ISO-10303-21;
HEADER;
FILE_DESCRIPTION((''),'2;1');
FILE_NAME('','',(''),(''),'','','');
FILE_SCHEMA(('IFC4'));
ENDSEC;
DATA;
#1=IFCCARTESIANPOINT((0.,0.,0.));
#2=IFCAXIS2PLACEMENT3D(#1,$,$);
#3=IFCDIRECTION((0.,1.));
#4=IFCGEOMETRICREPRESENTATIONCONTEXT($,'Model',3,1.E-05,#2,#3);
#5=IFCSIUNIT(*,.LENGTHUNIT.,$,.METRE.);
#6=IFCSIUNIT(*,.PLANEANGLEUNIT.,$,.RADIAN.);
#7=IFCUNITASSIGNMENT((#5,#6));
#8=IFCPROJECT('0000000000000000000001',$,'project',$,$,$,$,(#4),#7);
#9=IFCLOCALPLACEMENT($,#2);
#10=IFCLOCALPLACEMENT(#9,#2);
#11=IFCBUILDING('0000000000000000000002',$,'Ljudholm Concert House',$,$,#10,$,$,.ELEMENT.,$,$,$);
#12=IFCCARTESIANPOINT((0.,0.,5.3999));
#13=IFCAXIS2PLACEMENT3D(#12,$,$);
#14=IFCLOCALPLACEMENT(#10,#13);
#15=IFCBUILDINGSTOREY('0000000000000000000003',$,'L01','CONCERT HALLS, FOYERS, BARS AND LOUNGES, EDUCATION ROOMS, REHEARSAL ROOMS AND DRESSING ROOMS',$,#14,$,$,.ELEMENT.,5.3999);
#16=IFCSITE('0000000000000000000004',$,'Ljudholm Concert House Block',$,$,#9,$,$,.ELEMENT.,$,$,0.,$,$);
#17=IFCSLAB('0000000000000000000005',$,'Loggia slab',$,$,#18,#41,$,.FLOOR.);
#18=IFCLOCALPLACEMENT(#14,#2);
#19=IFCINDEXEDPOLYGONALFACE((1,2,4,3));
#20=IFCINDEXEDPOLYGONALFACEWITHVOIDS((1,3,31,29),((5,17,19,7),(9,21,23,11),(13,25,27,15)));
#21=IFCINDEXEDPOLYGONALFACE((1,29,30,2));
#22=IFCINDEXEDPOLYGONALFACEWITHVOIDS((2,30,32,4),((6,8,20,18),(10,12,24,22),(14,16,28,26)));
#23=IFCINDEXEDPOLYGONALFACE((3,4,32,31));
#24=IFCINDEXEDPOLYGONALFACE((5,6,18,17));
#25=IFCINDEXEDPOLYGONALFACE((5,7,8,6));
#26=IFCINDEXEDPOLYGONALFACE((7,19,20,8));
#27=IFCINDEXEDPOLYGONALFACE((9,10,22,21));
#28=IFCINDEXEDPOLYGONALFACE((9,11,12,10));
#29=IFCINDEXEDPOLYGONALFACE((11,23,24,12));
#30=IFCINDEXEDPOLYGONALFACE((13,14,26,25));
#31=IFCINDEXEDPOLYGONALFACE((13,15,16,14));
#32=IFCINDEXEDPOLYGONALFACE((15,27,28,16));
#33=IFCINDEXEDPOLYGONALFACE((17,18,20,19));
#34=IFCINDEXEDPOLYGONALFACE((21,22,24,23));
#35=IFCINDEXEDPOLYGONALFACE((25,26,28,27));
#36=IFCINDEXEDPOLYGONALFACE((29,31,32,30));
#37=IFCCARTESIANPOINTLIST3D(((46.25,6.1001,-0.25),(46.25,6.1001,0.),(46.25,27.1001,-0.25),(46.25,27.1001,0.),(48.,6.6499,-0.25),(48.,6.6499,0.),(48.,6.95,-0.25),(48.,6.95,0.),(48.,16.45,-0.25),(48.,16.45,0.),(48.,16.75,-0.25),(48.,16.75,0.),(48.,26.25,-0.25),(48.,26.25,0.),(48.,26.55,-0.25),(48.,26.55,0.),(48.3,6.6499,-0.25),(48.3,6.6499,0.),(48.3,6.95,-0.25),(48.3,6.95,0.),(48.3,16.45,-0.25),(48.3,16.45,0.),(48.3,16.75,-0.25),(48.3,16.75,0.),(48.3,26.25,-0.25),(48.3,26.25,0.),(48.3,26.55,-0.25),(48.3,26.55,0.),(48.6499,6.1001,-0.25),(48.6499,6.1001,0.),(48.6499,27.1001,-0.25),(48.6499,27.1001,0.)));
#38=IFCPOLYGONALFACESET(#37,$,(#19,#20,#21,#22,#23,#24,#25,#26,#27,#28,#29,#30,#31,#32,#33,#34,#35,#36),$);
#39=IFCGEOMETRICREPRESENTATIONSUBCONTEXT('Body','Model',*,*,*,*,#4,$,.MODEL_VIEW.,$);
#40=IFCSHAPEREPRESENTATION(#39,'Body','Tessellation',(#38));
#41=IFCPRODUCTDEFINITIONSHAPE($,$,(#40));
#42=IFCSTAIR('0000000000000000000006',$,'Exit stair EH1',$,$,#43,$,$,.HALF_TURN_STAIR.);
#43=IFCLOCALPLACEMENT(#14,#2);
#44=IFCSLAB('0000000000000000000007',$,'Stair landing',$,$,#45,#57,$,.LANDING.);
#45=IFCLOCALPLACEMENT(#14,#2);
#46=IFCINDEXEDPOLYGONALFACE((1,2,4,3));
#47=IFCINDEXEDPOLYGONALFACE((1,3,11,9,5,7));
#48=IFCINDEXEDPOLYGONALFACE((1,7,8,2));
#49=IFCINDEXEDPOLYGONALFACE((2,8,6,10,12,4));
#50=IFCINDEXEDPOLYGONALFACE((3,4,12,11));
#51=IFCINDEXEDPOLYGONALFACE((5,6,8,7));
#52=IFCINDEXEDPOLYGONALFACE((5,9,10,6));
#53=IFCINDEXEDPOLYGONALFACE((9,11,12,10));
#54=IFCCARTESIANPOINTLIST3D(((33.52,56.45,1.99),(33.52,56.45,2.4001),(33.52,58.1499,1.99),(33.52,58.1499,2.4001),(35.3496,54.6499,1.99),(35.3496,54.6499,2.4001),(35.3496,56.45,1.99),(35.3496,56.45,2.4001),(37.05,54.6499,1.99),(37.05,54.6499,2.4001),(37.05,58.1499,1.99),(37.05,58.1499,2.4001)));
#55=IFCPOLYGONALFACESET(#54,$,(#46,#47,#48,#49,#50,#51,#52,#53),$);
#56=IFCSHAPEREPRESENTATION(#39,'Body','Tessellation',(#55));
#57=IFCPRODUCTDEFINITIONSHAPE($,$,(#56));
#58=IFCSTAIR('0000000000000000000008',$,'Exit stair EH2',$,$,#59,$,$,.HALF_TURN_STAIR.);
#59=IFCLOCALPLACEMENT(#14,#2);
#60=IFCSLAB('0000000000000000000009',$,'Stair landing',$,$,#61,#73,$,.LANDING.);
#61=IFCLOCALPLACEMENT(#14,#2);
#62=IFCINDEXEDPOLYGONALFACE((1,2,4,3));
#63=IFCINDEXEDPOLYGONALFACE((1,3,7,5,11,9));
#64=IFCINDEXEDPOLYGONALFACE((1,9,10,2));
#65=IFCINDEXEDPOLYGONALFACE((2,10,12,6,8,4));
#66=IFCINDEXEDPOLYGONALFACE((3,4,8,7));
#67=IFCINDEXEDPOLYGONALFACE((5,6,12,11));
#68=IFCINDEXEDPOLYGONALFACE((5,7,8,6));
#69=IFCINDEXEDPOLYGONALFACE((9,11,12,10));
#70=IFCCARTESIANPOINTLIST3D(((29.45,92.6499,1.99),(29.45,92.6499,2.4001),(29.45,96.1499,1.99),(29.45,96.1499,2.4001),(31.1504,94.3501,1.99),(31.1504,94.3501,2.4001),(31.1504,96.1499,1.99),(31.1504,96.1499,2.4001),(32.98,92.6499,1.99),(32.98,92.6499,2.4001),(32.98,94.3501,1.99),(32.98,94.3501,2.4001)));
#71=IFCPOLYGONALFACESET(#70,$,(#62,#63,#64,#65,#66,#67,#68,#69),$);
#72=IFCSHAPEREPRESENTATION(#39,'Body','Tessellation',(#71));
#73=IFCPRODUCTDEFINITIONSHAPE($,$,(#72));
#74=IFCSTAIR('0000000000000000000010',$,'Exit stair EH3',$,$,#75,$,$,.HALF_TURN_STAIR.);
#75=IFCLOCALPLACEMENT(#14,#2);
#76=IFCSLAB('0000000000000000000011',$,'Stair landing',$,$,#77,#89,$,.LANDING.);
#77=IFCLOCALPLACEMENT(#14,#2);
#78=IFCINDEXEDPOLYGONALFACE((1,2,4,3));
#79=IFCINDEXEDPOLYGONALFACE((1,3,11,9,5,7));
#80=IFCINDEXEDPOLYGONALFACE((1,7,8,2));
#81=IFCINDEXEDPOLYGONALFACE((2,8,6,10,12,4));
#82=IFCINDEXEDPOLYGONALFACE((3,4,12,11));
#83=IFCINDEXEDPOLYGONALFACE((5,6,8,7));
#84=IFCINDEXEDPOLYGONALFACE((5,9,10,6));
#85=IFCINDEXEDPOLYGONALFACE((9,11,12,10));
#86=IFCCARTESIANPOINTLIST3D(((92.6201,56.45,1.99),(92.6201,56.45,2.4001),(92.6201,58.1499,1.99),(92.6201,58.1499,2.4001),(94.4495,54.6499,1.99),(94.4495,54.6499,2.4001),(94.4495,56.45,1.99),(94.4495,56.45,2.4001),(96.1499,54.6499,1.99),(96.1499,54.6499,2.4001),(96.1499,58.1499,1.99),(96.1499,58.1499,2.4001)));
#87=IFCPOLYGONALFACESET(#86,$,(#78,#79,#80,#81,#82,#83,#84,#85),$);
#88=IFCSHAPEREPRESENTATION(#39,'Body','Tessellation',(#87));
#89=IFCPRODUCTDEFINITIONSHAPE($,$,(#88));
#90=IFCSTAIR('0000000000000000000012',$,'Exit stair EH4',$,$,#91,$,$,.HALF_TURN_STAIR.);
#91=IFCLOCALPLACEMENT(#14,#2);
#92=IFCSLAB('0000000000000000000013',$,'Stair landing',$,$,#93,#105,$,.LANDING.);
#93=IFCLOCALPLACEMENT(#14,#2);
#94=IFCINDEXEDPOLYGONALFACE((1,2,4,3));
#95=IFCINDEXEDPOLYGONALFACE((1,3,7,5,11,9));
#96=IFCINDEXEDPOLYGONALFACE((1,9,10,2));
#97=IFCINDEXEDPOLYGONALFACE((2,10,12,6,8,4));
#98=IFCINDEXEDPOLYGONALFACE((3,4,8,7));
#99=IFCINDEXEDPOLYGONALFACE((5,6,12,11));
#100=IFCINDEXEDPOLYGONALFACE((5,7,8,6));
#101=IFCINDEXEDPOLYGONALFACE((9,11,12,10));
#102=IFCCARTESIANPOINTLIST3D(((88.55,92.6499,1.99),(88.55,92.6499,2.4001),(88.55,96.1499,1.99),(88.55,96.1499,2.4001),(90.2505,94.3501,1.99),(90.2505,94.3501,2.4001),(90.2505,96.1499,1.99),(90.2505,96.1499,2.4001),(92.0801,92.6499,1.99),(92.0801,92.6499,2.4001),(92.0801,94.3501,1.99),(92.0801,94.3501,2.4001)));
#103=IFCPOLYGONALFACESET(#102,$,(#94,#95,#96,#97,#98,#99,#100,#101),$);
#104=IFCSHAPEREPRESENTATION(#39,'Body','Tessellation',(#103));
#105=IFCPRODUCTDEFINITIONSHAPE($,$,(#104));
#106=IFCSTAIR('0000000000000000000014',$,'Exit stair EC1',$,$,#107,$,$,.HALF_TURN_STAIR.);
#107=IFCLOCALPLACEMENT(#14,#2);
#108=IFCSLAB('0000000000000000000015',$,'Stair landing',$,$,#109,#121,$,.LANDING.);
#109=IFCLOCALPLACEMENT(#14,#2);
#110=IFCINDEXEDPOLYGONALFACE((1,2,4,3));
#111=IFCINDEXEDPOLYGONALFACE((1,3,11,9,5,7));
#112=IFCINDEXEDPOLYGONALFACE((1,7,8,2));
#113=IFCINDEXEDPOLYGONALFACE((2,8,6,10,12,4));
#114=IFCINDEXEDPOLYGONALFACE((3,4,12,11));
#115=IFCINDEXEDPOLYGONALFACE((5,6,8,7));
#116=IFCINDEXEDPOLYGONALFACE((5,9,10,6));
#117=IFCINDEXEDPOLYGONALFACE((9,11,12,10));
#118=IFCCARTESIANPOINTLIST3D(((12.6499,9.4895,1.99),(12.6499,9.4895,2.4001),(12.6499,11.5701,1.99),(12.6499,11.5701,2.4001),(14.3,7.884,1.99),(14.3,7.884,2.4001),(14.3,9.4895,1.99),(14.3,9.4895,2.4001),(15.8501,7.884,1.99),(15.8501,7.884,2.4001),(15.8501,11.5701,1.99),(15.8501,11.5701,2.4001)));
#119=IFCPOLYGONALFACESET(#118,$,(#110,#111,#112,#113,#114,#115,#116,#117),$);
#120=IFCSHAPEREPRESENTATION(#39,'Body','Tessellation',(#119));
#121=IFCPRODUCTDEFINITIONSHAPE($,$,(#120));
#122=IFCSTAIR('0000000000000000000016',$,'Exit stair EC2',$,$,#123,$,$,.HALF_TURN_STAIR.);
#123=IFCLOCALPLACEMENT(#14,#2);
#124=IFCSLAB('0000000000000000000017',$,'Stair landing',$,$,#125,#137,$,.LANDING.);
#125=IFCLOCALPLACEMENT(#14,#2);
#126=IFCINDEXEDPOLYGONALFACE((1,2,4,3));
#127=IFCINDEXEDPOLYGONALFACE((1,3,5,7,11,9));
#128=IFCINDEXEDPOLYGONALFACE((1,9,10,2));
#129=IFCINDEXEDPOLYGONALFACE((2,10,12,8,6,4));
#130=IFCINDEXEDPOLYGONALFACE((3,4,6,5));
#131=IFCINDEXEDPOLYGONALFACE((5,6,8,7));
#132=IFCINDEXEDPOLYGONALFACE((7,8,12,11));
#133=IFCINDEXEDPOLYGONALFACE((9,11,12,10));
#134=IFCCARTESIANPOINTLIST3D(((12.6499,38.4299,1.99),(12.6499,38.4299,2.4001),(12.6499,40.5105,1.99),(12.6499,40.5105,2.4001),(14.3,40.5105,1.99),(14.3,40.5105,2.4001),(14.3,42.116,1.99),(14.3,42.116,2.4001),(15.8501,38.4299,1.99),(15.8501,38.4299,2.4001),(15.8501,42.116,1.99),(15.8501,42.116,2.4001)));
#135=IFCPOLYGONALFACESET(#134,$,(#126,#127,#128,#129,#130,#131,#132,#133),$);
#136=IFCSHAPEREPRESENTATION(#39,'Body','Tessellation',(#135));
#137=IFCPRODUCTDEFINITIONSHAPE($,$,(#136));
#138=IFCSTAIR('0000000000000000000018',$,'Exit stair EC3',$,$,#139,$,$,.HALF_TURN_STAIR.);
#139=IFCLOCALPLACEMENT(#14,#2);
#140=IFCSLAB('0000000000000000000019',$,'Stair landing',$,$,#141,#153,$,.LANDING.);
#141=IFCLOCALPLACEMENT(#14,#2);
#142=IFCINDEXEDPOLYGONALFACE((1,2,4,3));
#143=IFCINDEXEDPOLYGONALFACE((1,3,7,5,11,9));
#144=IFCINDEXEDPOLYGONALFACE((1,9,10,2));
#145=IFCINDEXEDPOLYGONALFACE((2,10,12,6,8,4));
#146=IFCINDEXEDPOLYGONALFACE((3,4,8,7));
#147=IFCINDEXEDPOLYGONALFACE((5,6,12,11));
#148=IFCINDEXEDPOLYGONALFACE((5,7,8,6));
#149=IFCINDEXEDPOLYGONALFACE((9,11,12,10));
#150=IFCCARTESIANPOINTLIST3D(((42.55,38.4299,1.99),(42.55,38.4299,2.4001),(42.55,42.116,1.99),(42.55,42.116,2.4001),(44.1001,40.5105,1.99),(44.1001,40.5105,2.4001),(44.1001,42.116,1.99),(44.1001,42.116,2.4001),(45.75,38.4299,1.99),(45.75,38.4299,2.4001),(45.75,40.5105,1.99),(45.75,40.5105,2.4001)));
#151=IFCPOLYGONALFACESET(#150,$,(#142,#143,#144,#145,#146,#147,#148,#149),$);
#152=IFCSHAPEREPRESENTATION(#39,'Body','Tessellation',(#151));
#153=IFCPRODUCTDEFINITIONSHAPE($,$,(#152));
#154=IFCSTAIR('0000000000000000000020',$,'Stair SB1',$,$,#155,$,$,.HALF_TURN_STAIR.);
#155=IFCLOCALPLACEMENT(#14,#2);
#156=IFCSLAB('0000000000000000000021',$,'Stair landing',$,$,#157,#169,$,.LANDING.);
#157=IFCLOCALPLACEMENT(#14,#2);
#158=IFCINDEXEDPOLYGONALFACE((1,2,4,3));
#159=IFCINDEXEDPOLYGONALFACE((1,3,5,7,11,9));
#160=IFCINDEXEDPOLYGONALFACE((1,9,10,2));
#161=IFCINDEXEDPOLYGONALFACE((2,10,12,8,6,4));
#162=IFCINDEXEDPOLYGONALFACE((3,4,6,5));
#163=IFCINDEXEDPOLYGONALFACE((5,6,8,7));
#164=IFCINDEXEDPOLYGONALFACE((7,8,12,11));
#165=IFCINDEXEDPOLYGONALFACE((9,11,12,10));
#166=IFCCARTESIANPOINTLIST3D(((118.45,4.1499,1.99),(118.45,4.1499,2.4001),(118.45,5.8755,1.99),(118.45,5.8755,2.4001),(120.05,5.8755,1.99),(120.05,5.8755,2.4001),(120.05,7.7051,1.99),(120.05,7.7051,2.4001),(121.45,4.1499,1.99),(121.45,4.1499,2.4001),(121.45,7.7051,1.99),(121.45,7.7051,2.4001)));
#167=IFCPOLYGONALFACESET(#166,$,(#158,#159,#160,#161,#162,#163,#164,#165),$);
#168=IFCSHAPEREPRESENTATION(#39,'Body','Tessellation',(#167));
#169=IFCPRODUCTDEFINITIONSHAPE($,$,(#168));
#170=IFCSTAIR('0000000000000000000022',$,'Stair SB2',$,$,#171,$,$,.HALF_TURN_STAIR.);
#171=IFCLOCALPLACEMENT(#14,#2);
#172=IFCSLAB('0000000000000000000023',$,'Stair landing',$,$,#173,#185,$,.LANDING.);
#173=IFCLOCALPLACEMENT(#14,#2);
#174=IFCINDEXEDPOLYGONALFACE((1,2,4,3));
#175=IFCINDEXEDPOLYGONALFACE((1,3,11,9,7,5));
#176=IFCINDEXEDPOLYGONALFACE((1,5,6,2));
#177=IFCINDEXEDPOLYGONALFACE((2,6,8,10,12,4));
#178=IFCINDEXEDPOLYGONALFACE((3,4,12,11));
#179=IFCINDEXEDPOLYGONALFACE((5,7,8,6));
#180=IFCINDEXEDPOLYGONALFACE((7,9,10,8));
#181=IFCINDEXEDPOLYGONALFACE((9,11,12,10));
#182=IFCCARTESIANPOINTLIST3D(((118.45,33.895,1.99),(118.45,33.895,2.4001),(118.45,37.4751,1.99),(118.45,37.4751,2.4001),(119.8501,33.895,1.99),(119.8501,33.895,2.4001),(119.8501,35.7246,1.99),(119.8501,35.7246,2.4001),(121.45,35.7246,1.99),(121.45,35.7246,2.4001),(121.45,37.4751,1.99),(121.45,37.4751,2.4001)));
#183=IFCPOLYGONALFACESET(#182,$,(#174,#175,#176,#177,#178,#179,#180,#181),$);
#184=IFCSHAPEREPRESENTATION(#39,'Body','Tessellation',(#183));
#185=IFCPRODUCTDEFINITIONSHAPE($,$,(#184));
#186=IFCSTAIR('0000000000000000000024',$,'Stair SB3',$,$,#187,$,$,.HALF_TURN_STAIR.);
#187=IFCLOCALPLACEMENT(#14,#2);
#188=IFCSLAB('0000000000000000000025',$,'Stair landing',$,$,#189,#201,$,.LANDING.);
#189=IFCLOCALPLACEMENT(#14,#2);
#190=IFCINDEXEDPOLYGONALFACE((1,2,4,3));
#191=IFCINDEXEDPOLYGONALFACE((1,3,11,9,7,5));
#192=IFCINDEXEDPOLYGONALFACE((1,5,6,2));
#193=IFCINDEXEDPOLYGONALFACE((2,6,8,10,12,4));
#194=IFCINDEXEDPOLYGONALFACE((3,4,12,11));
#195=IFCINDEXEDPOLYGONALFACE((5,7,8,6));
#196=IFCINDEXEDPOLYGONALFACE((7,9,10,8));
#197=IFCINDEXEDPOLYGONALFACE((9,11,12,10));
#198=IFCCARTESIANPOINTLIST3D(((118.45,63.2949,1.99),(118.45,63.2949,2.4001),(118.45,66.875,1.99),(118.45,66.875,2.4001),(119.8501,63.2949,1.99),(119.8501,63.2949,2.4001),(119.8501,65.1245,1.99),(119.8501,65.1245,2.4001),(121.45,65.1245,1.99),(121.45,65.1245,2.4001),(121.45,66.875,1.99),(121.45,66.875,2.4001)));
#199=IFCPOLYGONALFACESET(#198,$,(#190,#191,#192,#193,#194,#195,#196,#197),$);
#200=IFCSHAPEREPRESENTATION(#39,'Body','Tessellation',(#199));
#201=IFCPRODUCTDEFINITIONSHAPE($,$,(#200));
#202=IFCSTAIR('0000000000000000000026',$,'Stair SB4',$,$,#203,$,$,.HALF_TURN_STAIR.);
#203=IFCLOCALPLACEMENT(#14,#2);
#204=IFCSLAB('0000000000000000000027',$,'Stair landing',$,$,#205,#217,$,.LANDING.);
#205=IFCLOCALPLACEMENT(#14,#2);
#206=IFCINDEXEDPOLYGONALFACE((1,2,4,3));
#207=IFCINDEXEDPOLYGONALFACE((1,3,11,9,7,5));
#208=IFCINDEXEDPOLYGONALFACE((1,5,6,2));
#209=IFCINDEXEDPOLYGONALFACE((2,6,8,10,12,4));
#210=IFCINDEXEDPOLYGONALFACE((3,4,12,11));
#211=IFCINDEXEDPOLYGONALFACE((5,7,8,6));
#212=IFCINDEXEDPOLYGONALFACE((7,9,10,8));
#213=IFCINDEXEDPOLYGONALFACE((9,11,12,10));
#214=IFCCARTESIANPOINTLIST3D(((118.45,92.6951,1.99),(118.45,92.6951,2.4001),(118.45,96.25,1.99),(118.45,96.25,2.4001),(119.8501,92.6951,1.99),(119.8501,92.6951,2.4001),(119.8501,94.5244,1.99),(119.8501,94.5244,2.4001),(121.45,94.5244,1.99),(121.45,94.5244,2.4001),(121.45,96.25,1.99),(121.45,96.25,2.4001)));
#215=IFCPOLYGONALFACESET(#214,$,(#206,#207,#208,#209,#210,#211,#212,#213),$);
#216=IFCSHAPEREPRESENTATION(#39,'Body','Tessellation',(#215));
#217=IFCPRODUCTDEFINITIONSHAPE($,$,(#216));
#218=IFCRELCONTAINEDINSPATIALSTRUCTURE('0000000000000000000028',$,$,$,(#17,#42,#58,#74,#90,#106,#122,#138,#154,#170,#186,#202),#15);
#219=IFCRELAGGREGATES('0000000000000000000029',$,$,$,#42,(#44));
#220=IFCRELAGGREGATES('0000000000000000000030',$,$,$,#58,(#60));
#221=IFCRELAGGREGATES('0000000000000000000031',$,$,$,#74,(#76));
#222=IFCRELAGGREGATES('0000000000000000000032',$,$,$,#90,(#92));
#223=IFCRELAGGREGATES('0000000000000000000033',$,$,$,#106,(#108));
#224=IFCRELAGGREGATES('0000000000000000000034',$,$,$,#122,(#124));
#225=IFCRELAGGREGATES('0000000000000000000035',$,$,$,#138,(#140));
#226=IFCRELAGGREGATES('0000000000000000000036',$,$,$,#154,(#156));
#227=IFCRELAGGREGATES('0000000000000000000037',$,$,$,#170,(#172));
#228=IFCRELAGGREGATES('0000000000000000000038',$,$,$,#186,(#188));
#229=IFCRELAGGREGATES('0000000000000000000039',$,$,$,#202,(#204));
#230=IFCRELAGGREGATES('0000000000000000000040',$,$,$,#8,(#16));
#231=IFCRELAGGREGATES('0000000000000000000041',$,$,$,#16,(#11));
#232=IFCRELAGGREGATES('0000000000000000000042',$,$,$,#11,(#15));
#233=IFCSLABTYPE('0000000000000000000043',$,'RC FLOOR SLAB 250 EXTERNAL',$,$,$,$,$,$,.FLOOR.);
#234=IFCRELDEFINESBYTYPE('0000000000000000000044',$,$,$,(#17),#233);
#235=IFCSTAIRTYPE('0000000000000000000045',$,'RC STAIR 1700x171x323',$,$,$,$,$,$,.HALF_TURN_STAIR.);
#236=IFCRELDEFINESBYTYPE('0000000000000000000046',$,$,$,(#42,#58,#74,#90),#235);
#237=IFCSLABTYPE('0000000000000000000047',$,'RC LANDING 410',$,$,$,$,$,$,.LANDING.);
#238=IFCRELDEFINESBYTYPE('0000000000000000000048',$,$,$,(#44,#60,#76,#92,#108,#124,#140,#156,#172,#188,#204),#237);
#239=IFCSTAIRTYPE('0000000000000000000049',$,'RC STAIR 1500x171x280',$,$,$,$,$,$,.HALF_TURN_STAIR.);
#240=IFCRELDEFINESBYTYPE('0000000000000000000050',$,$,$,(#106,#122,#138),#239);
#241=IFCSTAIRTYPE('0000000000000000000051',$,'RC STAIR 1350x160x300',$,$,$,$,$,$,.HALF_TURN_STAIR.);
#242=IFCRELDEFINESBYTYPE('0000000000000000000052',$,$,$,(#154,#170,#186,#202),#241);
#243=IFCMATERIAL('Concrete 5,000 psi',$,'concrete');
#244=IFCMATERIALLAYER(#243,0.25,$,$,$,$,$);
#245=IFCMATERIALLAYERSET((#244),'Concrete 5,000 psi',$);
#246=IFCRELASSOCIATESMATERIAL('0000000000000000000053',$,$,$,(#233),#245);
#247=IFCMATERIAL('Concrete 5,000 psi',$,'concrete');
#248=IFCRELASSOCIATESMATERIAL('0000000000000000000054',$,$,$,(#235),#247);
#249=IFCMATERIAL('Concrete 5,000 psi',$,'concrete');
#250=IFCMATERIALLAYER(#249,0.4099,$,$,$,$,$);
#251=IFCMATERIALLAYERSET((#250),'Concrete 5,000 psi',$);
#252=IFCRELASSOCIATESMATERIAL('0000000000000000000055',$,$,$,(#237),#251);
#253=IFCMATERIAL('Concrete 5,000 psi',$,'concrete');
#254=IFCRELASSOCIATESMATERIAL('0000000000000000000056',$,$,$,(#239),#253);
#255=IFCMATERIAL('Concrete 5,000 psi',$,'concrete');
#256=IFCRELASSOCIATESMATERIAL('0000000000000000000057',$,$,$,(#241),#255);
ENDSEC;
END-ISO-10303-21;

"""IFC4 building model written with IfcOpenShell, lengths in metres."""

from ifc_helpers import new_model, si_unit, direction, frame, origin, place, context, subcontext, project, spatial, polyline, outline, extrude, material, layer, layer_set, type_object, element, aggregate, save


model = new_model("IFC4")

# Units and contexts
model_context = context("Model", 3, precision=1e-05, world=origin(), true_north=direction((0.0, 1.0)))
body_context = subcontext(model_context, "Body", "Model", "MODEL_VIEW")
ifc_project = project(units=[si_unit("LENGTHUNIT", "METRE"), si_unit("PLANEANGLEUNIT", "RADIAN")], contexts=[model_context])

# Site, building, storey
site_placement = place(None, origin())
site = spatial("IfcSite", under=ifc_project, at=site_placement, Name="Ljudholm Concert House Block", CompositionType="ELEMENT", RefElevation=0.0)
building_placement = place(site_placement, origin())
building = spatial("IfcBuilding", under=site, at=building_placement, Name="Ljudholm Concert House", CompositionType="ELEMENT")
storey_placement = place(building_placement, frame((0.0, 0.0, 5.3999)))
storey = spatial("IfcBuildingStorey", under=building, at=storey_placement, Name="L01", Description="CONCERT HALLS, FOYERS, BARS AND LOUNGES, EDUCATION ROOMS, REHEARSAL ROOMS AND DRESSING ROOMS", CompositionType="ELEMENT", Elevation=5.3999)

# Slab
ifc_material_1 = material(Name="Concrete 5,000 psi", Category="concrete")
ifc_layer_1 = layer(ifc_material_1, 0.25)
ifc_layer_set_1 = layer_set([ifc_layer_1], Name="Concrete 5,000 psi")
slab_type_1 = type_object("IfcSlabType", Name="RC FLOOR SLAB 250 EXTERNAL", PredefinedType="FLOOR", material=ifc_layer_set_1)
slab_1_placement = place(storey_placement, frame((0.0, 0.0, -0.25)))
element("IfcSlab", 1, at=slab_1_placement, inside=storey, type_object=slab_type_1, Name="Loggia slab", PredefinedType="FLOOR", context=body_context, shape_type="SweptSolid", body=[
    extrude(outline(polyline([(46.25, 6.1001), (48.6499, 6.1001), (48.6499, 27.1001), (46.25, 27.1001), (46.25, 6.1001)]), holes=[polyline([(48.0, 6.6499), (48.3, 6.6499), (48.3, 6.95), (48.0, 6.95), (48.0, 6.6499)]), polyline([(48.0, 16.45), (48.3, 16.45), (48.3, 16.75), (48.0, 16.75), (48.0, 16.45)]), polyline([(48.0, 26.25), (48.3, 26.25), (48.3, 26.55), (48.0, 26.55), (48.0, 26.25)])]), origin(), (0.0, 0.0, 1.0), 0.25),
])

# Stairs, slabs
ifc_material_2 = material(Name="Concrete 5,000 psi", Category="concrete")
stair_type_1 = type_object("IfcStairType", Name="RC STAIR 1700x171x323", PredefinedType="HALF_TURN_STAIR", material=ifc_material_2)
stair_1_placement = place(storey_placement, origin())
stair_1 = element("IfcStair", 2, at=stair_1_placement, inside=storey, type_object=stair_type_1, Name="Exit stair EH1", PredefinedType="HALF_TURN_STAIR")
ifc_material_3 = material(Name="Concrete 5,000 psi", Category="concrete")
ifc_layer_2 = layer(ifc_material_3, 0.4099)
ifc_layer_set_2 = layer_set([ifc_layer_2], Name="Concrete 5,000 psi")
slab_type_2 = type_object("IfcSlabType", Name="RC LANDING 410", PredefinedType="LANDING", material=ifc_layer_set_2)
slab_2_placement = place(storey_placement, frame((0.0, 0.0, 1.99)))
slab_2 = element("IfcSlab", 3, at=slab_2_placement, type_object=slab_type_2, Name="Stair landing", PredefinedType="LANDING", context=body_context, shape_type="SweptSolid", body=[
    extrude(outline(polyline([(33.52, 58.1499), (33.52, 56.45), (35.3496, 56.45), (35.3496, 54.6499), (37.05, 54.6499), (37.05, 58.1499), (33.52, 58.1499)])), origin(), (0.0, 0.0, 1.0), 0.4102),
])
aggregate(stair_1, [slab_2])
stair_2_placement = place(storey_placement, origin())
stair_2 = element("IfcStair", 4, at=stair_2_placement, inside=storey, type_object=stair_type_1, Name="Exit stair EH2", PredefinedType="HALF_TURN_STAIR")
slab_3_placement = place(storey_placement, frame((0.0, 0.0, 1.99)))
slab_3 = element("IfcSlab", 5, at=slab_3_placement, type_object=slab_type_2, Name="Stair landing", PredefinedType="LANDING", context=body_context, shape_type="SweptSolid", body=[
    extrude(outline(polyline([(32.98, 92.6499), (32.98, 94.3501), (31.1504, 94.3501), (31.1504, 96.1499), (29.45, 96.1499), (29.45, 92.6499), (32.98, 92.6499)])), origin(), (0.0, 0.0, 1.0), 0.4102),
])
aggregate(stair_2, [slab_3])
stair_3_placement = place(storey_placement, origin())
stair_3 = element("IfcStair", 6, at=stair_3_placement, inside=storey, type_object=stair_type_1, Name="Exit stair EH3", PredefinedType="HALF_TURN_STAIR")
slab_4_placement = place(storey_placement, frame((0.0, 0.0, 1.99)))
slab_4 = element("IfcSlab", 7, at=slab_4_placement, type_object=slab_type_2, Name="Stair landing", PredefinedType="LANDING", context=body_context, shape_type="SweptSolid", body=[
    extrude(outline(polyline([(92.6201, 58.1499), (92.6201, 56.45), (94.4495, 56.45), (94.4495, 54.6499), (96.1499, 54.6499), (96.1499, 58.1499), (92.6201, 58.1499)])), origin(), (0.0, 0.0, 1.0), 0.4102),
])
aggregate(stair_3, [slab_4])
stair_4_placement = place(storey_placement, origin())
stair_4 = element("IfcStair", 8, at=stair_4_placement, inside=storey, type_object=stair_type_1, Name="Exit stair EH4", PredefinedType="HALF_TURN_STAIR")
slab_5_placement = place(storey_placement, frame((0.0, 0.0, 1.99)))
slab_5 = element("IfcSlab", 9, at=slab_5_placement, type_object=slab_type_2, Name="Stair landing", PredefinedType="LANDING", context=body_context, shape_type="SweptSolid", body=[
    extrude(outline(polyline([(92.0801, 92.6499), (92.0801, 94.3501), (90.2505, 94.3501), (90.2505, 96.1499), (88.55, 96.1499), (88.55, 92.6499), (92.0801, 92.6499)])), origin(), (0.0, 0.0, 1.0), 0.4102),
])
aggregate(stair_4, [slab_5])
ifc_material_4 = material(Name="Concrete 5,000 psi", Category="concrete")
stair_type_2 = type_object("IfcStairType", Name="RC STAIR 1500x171x280", PredefinedType="HALF_TURN_STAIR", material=ifc_material_4)
stair_5_placement = place(storey_placement, origin())
stair_5 = element("IfcStair", 10, at=stair_5_placement, inside=storey, type_object=stair_type_2, Name="Exit stair EC1", PredefinedType="HALF_TURN_STAIR")
slab_6_placement = place(storey_placement, frame((0.0, 0.0, 1.99)))
slab_6 = element("IfcSlab", 11, at=slab_6_placement, type_object=slab_type_2, Name="Stair landing", PredefinedType="LANDING", context=body_context, shape_type="SweptSolid", body=[
    extrude(outline(polyline([(15.8501, 11.5701), (12.6499, 11.5701), (12.6499, 9.4895), (14.3, 9.4895), (14.3, 7.884), (15.8501, 7.884), (15.8501, 11.5701)])), origin(), (0.0, 0.0, 1.0), 0.4102),
])
aggregate(stair_5, [slab_6])
stair_6_placement = place(storey_placement, origin())
stair_6 = element("IfcStair", 12, at=stair_6_placement, inside=storey, type_object=stair_type_2, Name="Exit stair EC2", PredefinedType="HALF_TURN_STAIR")
slab_7_placement = place(storey_placement, frame((0.0, 0.0, 1.99)))
slab_7 = element("IfcSlab", 13, at=slab_7_placement, type_object=slab_type_2, Name="Stair landing", PredefinedType="LANDING", context=body_context, shape_type="SweptSolid", body=[
    extrude(outline(polyline([(15.8501, 42.116), (14.3, 42.116), (14.3, 40.5105), (12.6499, 40.5105), (12.6499, 38.4299), (15.8501, 38.4299), (15.8501, 42.116)])), origin(), (0.0, 0.0, 1.0), 0.4102),
])
aggregate(stair_6, [slab_7])
stair_7_placement = place(storey_placement, origin())
stair_7 = element("IfcStair", 14, at=stair_7_placement, inside=storey, type_object=stair_type_2, Name="Exit stair EC3", PredefinedType="HALF_TURN_STAIR")
slab_8_placement = place(storey_placement, frame((0.0, 0.0, 1.99)))
slab_8 = element("IfcSlab", 15, at=slab_8_placement, type_object=slab_type_2, Name="Stair landing", PredefinedType="LANDING", context=body_context, shape_type="SweptSolid", body=[
    extrude(outline(polyline([(42.55, 38.4299), (45.75, 38.4299), (45.75, 40.5105), (44.1001, 40.5105), (44.1001, 42.116), (42.55, 42.116), (42.55, 38.4299)])), origin(), (0.0, 0.0, 1.0), 0.4102),
])
aggregate(stair_7, [slab_8])
ifc_material_5 = material(Name="Concrete 5,000 psi", Category="concrete")
stair_type_3 = type_object("IfcStairType", Name="RC STAIR 1350x160x300", PredefinedType="HALF_TURN_STAIR", material=ifc_material_5)
stair_8_placement = place(storey_placement, origin())
stair_8 = element("IfcStair", 16, at=stair_8_placement, inside=storey, type_object=stair_type_3, Name="Stair SB1", PredefinedType="HALF_TURN_STAIR")
slab_9_placement = place(storey_placement, frame((0.0, 0.0, 1.99)))
slab_9 = element("IfcSlab", 17, at=slab_9_placement, type_object=slab_type_2, Name="Stair landing", PredefinedType="LANDING", context=body_context, shape_type="SweptSolid", body=[
    extrude(outline(polyline([(121.45, 7.7051), (120.05, 7.7051), (120.05, 5.8755), (118.45, 5.8755), (118.45, 4.1499), (121.45, 4.1499), (121.45, 7.7051)])), origin(), (0.0, 0.0, 1.0), 0.4102),
])
aggregate(stair_8, [slab_9])
stair_9_placement = place(storey_placement, origin())
stair_9 = element("IfcStair", 18, at=stair_9_placement, inside=storey, type_object=stair_type_3, Name="Stair SB2", PredefinedType="HALF_TURN_STAIR")
slab_10_placement = place(storey_placement, frame((0.0, 0.0, 1.99)))
slab_10 = element("IfcSlab", 19, at=slab_10_placement, type_object=slab_type_2, Name="Stair landing", PredefinedType="LANDING", context=body_context, shape_type="SweptSolid", body=[
    extrude(outline(polyline([(118.45, 33.895), (119.8501, 33.895), (119.8501, 35.7246), (121.45, 35.7246), (121.45, 37.4751), (118.45, 37.4751), (118.45, 33.895)])), origin(), (0.0, 0.0, 1.0), 0.4102),
])
aggregate(stair_9, [slab_10])
stair_10_placement = place(storey_placement, origin())
stair_10 = element("IfcStair", 20, at=stair_10_placement, inside=storey, type_object=stair_type_3, Name="Stair SB3", PredefinedType="HALF_TURN_STAIR")
slab_11_placement = place(storey_placement, frame((0.0, 0.0, 1.99)))
slab_11 = element("IfcSlab", 21, at=slab_11_placement, type_object=slab_type_2, Name="Stair landing", PredefinedType="LANDING", context=body_context, shape_type="SweptSolid", body=[
    extrude(outline(polyline([(118.45, 63.2949), (119.8501, 63.2949), (119.8501, 65.1245), (121.45, 65.1245), (121.45, 66.875), (118.45, 66.875), (118.45, 63.2949)])), origin(), (0.0, 0.0, 1.0), 0.4102),
])
aggregate(stair_10, [slab_11])
stair_11_placement = place(storey_placement, origin())
stair_11 = element("IfcStair", 22, at=stair_11_placement, inside=storey, type_object=stair_type_3, Name="Stair SB4", PredefinedType="HALF_TURN_STAIR")
slab_12_placement = place(storey_placement, frame((0.0, 0.0, 1.99)))
slab_12 = element("IfcSlab", 23, at=slab_12_placement, type_object=slab_type_2, Name="Stair landing", PredefinedType="LANDING", context=body_context, shape_type="SweptSolid", body=[
    extrude(outline(polyline([(118.45, 92.6951), (119.8501, 92.6951), (119.8501, 94.5244), (121.45, 94.5244), (121.45, 96.25), (118.45, 96.25), (118.45, 92.6951)])), origin(), (0.0, 0.0, 1.0), 0.4102),
])
aggregate(stair_11, [slab_12])

save(model, "model.ifc")
